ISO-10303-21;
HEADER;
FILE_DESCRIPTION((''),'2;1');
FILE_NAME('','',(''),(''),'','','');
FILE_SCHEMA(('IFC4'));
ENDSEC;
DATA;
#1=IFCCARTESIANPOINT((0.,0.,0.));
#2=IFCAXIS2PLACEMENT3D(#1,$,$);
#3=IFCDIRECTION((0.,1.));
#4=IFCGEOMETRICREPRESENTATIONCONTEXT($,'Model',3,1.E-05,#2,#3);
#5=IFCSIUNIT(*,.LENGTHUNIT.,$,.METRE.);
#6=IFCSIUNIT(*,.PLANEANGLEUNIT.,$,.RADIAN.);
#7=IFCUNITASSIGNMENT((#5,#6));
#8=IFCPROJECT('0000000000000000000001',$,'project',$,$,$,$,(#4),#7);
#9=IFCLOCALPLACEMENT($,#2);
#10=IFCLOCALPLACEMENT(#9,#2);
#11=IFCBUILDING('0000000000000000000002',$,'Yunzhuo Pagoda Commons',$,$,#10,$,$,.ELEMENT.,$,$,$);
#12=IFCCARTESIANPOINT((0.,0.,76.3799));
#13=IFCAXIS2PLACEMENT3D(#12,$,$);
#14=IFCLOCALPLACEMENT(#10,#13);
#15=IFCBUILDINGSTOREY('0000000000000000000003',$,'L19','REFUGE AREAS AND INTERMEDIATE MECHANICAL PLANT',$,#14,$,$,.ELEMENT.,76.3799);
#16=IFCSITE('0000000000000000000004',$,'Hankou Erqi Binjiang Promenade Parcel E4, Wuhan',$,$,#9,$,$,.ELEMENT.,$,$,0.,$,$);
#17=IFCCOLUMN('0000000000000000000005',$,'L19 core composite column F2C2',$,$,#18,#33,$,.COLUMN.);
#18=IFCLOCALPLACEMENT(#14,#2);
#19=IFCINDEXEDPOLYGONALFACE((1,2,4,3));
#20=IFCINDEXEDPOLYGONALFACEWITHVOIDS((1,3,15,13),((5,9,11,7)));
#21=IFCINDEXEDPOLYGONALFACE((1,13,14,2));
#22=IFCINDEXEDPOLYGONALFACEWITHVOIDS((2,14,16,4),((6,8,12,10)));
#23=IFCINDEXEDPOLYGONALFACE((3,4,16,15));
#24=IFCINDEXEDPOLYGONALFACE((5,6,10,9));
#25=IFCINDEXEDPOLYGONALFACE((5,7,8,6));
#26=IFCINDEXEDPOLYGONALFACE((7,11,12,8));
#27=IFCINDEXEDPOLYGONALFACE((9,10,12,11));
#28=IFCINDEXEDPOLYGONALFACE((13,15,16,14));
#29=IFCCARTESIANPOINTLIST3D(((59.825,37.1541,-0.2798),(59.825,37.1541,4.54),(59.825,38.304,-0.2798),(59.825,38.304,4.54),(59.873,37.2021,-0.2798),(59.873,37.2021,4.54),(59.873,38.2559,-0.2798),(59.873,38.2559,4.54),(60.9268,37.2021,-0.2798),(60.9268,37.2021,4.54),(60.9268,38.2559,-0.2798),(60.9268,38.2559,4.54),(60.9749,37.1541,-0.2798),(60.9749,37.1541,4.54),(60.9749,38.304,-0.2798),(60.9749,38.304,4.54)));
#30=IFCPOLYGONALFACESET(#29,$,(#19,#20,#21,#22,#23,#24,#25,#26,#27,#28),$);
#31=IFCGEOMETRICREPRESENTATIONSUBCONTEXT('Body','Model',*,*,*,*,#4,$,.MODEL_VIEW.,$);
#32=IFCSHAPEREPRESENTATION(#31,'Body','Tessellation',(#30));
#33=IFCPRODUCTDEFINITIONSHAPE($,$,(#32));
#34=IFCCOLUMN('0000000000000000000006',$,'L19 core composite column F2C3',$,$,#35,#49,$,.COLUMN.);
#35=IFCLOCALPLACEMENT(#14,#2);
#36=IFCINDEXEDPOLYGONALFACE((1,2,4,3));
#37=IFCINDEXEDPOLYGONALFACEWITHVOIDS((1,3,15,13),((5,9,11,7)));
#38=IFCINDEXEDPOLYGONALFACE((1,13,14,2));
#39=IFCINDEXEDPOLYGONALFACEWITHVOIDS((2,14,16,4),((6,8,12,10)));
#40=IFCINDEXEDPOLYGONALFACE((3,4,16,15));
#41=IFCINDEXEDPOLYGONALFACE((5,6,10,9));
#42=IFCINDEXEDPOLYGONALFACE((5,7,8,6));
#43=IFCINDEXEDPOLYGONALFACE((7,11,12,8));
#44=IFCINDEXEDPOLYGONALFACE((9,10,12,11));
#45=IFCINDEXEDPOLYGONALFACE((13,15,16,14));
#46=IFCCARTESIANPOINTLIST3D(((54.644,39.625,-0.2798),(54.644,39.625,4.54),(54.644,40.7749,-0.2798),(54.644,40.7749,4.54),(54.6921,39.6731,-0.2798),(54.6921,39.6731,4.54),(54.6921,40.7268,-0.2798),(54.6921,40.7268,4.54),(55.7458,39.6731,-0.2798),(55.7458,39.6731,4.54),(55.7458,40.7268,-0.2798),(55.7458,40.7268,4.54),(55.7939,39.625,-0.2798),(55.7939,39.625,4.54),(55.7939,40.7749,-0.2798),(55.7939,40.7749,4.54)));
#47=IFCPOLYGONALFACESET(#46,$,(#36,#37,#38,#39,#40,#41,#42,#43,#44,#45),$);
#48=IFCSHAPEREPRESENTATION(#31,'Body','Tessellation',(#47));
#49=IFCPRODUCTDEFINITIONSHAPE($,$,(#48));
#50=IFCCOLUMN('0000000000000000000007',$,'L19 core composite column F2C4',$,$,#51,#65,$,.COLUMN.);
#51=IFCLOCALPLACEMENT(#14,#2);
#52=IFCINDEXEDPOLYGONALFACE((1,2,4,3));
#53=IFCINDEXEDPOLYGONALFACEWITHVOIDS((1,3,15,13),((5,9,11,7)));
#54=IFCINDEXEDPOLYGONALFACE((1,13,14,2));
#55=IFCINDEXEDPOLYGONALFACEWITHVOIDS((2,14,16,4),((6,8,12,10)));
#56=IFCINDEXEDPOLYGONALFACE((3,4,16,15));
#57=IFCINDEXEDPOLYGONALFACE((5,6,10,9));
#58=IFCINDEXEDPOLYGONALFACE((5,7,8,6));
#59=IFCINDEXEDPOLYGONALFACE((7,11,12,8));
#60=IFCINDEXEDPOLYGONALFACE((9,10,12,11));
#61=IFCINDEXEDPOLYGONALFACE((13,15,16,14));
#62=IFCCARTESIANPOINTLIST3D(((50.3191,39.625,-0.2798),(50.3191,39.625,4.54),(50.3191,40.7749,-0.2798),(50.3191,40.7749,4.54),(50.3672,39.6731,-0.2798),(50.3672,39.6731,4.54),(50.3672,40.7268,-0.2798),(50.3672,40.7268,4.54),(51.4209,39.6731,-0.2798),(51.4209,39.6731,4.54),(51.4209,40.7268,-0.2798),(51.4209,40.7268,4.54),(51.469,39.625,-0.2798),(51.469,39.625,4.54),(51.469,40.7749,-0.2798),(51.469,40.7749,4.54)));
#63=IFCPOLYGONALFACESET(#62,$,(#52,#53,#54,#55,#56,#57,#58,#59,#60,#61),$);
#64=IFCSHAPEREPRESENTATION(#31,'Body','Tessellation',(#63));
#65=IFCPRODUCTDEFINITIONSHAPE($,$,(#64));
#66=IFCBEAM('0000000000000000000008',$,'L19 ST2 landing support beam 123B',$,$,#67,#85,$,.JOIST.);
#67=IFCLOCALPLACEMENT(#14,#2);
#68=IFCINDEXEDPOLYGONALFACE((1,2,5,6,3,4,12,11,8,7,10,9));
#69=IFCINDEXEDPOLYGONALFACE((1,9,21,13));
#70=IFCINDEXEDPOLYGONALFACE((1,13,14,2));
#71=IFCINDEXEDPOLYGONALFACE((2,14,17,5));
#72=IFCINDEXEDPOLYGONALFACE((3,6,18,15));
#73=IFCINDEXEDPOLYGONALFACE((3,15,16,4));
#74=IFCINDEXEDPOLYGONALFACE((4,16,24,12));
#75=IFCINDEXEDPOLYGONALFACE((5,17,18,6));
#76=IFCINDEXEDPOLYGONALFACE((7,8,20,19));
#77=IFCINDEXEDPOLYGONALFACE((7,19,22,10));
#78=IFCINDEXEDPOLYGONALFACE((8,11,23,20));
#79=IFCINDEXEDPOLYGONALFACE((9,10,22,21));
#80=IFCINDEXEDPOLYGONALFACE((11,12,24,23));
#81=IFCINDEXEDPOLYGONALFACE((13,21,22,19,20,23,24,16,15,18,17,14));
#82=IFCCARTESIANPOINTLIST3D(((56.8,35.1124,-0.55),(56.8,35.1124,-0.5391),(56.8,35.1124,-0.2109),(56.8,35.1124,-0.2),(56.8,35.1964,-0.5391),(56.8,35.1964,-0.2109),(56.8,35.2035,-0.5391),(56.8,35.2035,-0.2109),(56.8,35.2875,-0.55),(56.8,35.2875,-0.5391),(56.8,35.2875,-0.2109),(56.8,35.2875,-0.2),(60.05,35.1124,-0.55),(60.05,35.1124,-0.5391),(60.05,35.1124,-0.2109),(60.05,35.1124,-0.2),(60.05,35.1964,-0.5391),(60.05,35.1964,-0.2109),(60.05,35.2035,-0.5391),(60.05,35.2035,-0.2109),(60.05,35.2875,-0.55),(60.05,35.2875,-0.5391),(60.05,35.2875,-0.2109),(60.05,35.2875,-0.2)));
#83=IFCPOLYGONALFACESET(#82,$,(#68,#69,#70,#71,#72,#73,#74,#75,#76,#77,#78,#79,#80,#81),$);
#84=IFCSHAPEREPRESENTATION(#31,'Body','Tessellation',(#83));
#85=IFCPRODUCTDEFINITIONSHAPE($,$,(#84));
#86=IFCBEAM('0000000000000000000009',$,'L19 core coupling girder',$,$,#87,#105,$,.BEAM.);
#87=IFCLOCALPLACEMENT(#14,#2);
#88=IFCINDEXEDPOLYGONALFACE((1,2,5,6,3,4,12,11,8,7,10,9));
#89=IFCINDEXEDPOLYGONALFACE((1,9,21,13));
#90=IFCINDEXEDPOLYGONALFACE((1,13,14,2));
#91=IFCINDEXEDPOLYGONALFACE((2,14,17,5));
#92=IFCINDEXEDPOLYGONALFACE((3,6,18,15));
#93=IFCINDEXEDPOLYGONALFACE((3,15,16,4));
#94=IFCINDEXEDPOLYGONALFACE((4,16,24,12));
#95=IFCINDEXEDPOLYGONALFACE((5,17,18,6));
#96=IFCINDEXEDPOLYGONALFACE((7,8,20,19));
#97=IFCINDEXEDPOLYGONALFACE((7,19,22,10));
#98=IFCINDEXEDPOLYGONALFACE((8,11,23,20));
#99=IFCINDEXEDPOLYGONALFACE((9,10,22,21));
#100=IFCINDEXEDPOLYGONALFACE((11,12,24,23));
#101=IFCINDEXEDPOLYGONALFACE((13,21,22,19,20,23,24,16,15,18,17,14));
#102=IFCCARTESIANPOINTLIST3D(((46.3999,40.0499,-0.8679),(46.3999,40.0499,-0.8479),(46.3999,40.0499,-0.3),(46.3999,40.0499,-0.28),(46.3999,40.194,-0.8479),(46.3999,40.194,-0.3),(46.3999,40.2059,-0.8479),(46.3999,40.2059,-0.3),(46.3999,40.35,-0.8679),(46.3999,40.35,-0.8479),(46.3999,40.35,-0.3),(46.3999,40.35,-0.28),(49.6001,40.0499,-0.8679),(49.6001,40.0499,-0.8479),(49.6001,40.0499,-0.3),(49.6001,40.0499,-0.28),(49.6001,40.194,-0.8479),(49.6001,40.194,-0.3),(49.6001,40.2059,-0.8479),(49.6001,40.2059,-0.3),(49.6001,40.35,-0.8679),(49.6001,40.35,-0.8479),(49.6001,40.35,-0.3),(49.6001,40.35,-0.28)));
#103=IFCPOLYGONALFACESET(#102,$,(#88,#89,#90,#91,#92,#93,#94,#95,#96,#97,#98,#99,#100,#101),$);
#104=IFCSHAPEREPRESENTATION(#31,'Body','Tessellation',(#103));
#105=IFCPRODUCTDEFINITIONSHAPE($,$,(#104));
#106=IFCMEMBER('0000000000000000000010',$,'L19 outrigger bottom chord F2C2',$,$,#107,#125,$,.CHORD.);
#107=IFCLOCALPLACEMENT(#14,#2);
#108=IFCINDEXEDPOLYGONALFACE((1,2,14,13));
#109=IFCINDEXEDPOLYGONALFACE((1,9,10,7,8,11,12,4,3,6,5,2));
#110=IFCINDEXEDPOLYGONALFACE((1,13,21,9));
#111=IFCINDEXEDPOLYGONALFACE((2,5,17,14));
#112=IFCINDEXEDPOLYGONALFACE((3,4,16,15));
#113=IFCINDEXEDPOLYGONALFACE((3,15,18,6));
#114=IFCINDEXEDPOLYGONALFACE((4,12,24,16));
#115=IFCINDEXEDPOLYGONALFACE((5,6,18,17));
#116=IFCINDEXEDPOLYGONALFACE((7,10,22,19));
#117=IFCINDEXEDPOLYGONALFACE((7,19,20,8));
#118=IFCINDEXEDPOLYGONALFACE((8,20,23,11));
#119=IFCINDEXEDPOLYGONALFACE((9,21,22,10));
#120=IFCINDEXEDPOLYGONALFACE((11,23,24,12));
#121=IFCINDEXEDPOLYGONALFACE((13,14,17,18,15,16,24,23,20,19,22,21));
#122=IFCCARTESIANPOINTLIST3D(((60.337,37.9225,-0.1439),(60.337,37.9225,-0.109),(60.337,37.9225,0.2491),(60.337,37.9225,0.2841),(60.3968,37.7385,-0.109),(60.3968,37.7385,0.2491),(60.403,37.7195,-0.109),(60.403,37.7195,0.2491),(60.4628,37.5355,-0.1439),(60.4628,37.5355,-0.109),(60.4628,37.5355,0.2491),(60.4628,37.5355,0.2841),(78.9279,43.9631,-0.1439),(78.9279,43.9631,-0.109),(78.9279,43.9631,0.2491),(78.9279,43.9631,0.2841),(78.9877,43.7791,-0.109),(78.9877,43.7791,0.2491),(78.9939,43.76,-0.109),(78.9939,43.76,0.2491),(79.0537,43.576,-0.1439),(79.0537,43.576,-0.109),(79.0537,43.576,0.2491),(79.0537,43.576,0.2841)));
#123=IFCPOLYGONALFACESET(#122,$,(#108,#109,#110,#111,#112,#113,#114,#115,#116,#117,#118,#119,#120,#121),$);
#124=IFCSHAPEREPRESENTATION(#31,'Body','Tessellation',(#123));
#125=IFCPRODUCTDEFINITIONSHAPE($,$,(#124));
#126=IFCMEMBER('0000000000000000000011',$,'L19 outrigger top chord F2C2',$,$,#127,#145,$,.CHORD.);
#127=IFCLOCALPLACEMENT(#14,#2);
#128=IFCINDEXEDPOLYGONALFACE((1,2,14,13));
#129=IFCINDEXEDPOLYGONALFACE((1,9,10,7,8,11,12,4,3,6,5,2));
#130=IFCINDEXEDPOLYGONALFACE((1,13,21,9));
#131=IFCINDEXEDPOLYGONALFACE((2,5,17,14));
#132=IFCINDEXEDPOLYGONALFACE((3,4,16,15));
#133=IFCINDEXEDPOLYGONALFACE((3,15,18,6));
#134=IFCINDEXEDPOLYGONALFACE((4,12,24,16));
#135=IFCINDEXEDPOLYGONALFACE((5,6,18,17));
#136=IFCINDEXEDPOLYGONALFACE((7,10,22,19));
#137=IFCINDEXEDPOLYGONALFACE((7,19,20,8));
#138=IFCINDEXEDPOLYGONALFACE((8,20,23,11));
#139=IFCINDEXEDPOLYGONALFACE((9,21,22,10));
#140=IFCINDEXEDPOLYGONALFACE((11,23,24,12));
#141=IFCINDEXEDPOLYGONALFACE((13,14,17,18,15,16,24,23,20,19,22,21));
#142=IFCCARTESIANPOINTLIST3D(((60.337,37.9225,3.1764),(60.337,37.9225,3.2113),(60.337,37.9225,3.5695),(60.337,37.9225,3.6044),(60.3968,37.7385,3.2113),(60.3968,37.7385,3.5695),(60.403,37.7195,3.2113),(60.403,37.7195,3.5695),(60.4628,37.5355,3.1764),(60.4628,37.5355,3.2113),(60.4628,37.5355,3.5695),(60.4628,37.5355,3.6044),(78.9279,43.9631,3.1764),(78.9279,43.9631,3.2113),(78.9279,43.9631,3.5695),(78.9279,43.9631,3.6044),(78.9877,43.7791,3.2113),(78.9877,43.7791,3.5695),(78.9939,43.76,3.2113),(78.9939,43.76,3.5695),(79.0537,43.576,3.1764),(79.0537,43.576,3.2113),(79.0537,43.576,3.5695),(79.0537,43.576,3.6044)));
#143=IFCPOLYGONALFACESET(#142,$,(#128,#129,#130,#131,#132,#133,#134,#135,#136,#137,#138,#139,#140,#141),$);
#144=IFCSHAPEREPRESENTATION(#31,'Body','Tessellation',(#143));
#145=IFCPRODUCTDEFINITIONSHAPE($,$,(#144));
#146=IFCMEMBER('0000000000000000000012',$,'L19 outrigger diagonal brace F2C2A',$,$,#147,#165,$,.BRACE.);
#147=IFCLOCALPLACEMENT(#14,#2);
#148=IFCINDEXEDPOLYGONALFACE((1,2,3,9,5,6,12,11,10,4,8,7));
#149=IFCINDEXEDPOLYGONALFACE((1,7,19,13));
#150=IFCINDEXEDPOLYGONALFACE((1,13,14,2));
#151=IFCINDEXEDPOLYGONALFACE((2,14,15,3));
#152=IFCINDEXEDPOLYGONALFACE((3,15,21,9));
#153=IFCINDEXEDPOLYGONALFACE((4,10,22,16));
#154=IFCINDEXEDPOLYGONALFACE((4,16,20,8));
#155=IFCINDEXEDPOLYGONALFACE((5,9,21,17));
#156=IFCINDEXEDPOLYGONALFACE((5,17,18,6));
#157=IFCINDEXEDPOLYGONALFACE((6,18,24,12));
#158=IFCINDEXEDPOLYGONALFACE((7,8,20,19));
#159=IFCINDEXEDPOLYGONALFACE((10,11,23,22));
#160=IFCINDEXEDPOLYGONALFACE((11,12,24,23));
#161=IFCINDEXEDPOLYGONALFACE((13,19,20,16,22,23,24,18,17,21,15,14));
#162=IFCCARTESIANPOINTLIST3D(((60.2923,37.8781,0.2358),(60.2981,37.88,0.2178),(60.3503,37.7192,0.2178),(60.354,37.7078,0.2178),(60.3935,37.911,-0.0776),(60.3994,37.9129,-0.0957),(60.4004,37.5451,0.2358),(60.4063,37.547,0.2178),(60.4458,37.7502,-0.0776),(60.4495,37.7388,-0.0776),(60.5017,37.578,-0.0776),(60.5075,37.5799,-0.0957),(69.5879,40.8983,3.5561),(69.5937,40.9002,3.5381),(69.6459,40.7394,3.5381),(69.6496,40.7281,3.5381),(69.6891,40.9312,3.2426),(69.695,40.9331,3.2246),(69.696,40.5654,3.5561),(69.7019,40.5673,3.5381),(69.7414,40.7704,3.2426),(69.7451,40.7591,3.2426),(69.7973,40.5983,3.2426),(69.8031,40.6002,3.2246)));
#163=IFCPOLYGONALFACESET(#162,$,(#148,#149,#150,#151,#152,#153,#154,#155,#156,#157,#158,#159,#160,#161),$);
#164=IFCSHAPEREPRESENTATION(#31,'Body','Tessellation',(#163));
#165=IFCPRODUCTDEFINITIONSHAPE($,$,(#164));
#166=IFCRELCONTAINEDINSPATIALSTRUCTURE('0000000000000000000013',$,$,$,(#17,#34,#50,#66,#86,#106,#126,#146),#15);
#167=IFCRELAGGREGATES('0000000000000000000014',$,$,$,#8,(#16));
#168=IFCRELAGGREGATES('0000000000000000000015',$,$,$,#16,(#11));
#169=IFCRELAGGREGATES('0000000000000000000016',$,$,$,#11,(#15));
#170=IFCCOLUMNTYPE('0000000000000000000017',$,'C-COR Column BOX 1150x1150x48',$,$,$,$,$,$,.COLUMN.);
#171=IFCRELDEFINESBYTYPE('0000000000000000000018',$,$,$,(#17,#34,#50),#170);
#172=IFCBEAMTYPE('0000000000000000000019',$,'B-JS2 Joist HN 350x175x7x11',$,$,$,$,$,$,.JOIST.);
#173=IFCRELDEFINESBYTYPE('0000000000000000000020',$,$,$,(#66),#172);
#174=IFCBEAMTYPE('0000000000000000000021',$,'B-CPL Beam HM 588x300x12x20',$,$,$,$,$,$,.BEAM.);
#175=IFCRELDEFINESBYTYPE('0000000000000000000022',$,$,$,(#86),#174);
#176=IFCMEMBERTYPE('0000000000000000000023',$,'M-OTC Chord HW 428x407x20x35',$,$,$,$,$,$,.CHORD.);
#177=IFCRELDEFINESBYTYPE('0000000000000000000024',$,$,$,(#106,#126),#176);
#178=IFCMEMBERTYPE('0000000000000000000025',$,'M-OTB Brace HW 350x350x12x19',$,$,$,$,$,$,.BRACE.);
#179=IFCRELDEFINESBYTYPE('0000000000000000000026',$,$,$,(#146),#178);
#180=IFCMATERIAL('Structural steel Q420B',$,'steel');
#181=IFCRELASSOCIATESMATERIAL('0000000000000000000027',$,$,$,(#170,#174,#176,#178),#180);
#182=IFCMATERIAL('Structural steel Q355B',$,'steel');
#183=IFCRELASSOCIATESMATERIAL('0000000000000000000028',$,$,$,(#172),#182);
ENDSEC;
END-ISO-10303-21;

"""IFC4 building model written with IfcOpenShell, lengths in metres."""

from ifc_helpers import new_model, si_unit, direction, frame, origin, origin_2d, place, context, subcontext, project, spatial, hollow_rectangle, i_section, extrude, source, transform, mapped, material, material_profile, profile_set, type_object, element, save


model = new_model("IFC4")

# Units and contexts
model_context = context("Model", 3, precision=1e-05, world=origin(), true_north=direction((0.0, 1.0)))
body_context = subcontext(model_context, "Body", "Model", "MODEL_VIEW")
ifc_project = project(units=[si_unit("LENGTHUNIT", "METRE"), si_unit("PLANEANGLEUNIT", "RADIAN")], contexts=[model_context])

# Site, building, storey
site_placement = place(None, origin())
site = spatial("IfcSite", under=ifc_project, at=site_placement, Name="Hankou Erqi Binjiang Promenade Parcel E4, Wuhan", CompositionType="ELEMENT", RefElevation=0.0)
building_placement = place(site_placement, origin())
building = spatial("IfcBuilding", under=site, at=building_placement, Name="Yunzhuo Pagoda Commons", CompositionType="ELEMENT")
storey_placement = place(building_placement, frame((0.0, 0.0, 76.3799)))
storey = spatial("IfcBuildingStorey", under=building, at=storey_placement, Name="L19", Description="REFUGE AREAS AND INTERMEDIATE MECHANICAL PLANT", CompositionType="ELEMENT", Elevation=76.3799)

# Columns
ifc_material_1 = material(Name="Structural steel Q420B", Category="steel")
ifc_material_profile_1 = material_profile(ifc_material_1, hollow_rectangle(XDim=1.1499, YDim=1.1499, WallThickness=0.0481, at=origin_2d()), Name="Structural steel Q420B")
ifc_profile_set_1 = profile_set([ifc_material_profile_1], Name="Structural steel Q420B")
column_type = type_object("IfcColumnType", Name="C-COR Column BOX 1150x1150x48", PredefinedType="COLUMN", material=ifc_profile_set_1)
shared_shape_1 = source(origin(), body_context, "Body", "SweptSolid", [
    extrude(hollow_rectangle(XDim=1.1499, YDim=1.1499, WallThickness=0.0481, at=origin_2d()), origin(), (0.0, 0.0, 1.0), 4.8198),
])
for number, where, z_axis, x_axis, name in (
    (1, (60.3999, 37.729, -0.2798), (0.0, 0.0, 1.0), (1.0, 0.0, 0.0), "L19 core composite column F2C2"),
    (2, (55.219, 40.2, -0.2798), (0.0, 0.0, 1.0), (1.0, 0.0, 0.0), "L19 core composite column F2C3"),
    (3, (50.894, 40.2, -0.2798), (0.0, 0.0, 1.0), (1.0, 0.0, 0.0), "L19 core composite column F2C4"),
):
    element("IfcColumn", number, at=place(storey_placement, frame(where, z_axis=z_axis, x_axis=x_axis)), inside=storey, type_object=column_type, Name=name, PredefinedType="COLUMN", context=body_context, shape_type="MappedRepresentation", body=[
        mapped(shared_shape_1, transform((0.0, 0.0, 0.0), scale=1.0)),
    ])

# Beams
ifc_material_2 = material(Name="Structural steel Q355B", Category="steel")
ifc_material_profile_2 = material_profile(ifc_material_2, i_section(OverallWidth=0.175, OverallDepth=0.3501, WebThickness=0.0071, FlangeThickness=0.011, at=origin_2d()), Name="Structural steel Q355B")
ifc_profile_set_2 = profile_set([ifc_material_profile_2], Name="Structural steel Q355B")
beam_type_1 = type_object("IfcBeamType", Name="B-JS2 Joist HN 350x175x7x11", PredefinedType="JOIST", material=ifc_profile_set_2)
shared_shape_2 = source(origin(), body_context, "Body", "SweptSolid", [
    extrude(i_section(OverallWidth=0.175, OverallDepth=0.3501, WebThickness=0.0071, FlangeThickness=0.011, at=origin_2d()), origin(), (0.0, 0.0, 1.0), 3.25),
])
beam_1_placement = place(storey_placement, frame((56.8, 35.2, -0.375), z_axis=(1.0, 0.0, 0.0), x_axis=(0.0, 1.0, 0.0)))
element("IfcBeam", 4, at=beam_1_placement, inside=storey, type_object=beam_type_1, Name="L19 ST2 landing support beam 123B", PredefinedType="JOIST", context=body_context, shape_type="MappedRepresentation", body=[
    mapped(shared_shape_2, transform((0.0, 0.0, 0.0), scale=1.0)),
])
ifc_material_profile_3 = material_profile(ifc_material_1, i_section(OverallWidth=0.3, OverallDepth=0.5879, WebThickness=0.012, FlangeThickness=0.02, at=origin_2d()), Name="Structural steel Q420B")
ifc_profile_set_3 = profile_set([ifc_material_profile_3], Name="Structural steel Q420B")
beam_type_2 = type_object("IfcBeamType", Name="B-CPL Beam HM 588x300x12x20", PredefinedType="BEAM", material=ifc_profile_set_3)
shared_shape_3 = source(origin(), body_context, "Body", "SweptSolid", [
    extrude(i_section(OverallWidth=0.3, OverallDepth=0.5879, WebThickness=0.012, FlangeThickness=0.02, at=origin_2d()), origin(), (0.0, 0.0, 1.0), 3.2002),
])
beam_2_placement = place(storey_placement, frame((46.3999, 40.2, -0.574), z_axis=(1.0, 0.0, 0.0), x_axis=(0.0, 1.0, 0.0)))
element("IfcBeam", 5, at=beam_2_placement, inside=storey, type_object=beam_type_2, Name="L19 core coupling girder", PredefinedType="BEAM", context=body_context, shape_type="MappedRepresentation", body=[
    mapped(shared_shape_3, transform((0.0, 0.0, 0.0), scale=1.0)),
])

# Members
ifc_material_profile_4 = material_profile(ifc_material_1, i_section(OverallWidth=0.407, OverallDepth=0.428, WebThickness=0.02, FlangeThickness=0.0349, at=origin_2d()), Name="Structural steel Q420B")
ifc_profile_set_4 = profile_set([ifc_material_profile_4], Name="Structural steel Q420B")
member_type_1 = type_object("IfcMemberType", Name="M-OTC Chord HW 428x407x20x35", PredefinedType="CHORD", material=ifc_profile_set_4)
shared_shape_4 = source(origin(), body_context, "Body", "SweptSolid", [
    extrude(i_section(OverallWidth=0.407, OverallDepth=0.428, WebThickness=0.02, FlangeThickness=0.0349, at=origin_2d()), origin(), (0.0, 0.0, 1.0), 19.5476),
])
for number, where, z_axis, x_axis, name in (
    (6, (60.3999, 37.729, 0.0701), (0.951056, 0.309017, 0.0), (-0.309017, 0.951056, 0.0), "L19 outrigger bottom chord F2C2"),
    (7, (60.3999, 37.729, 3.3904), (0.951056, 0.309017, 0.0), (-0.309017, 0.951056, 0.0), "L19 outrigger top chord F2C2"),
):
    element("IfcMember", number, at=place(storey_placement, frame(where, z_axis=z_axis, x_axis=x_axis)), inside=storey, type_object=member_type_1, Name=name, PredefinedType="CHORD", context=body_context, shape_type="MappedRepresentation", body=[
        mapped(shared_shape_4, transform((0.0, 0.0, 0.0), scale=1.0)),
    ])
ifc_material_profile_5 = material_profile(ifc_material_1, i_section(OverallWidth=0.3501, OverallDepth=0.3501, WebThickness=0.012, FlangeThickness=0.019, at=origin_2d()), Name="Structural steel Q420B")
ifc_profile_set_5 = profile_set([ifc_material_profile_5], Name="Structural steel Q420B")
member_type_2 = type_object("IfcMemberType", Name="M-OTB Brace HW 350x350x12x19", PredefinedType="BRACE", material=ifc_profile_set_5)
shared_shape_5 = source(origin(), body_context, "Body", "SweptSolid", [
    extrude(i_section(OverallWidth=0.3501, OverallDepth=0.3501, WebThickness=0.012, FlangeThickness=0.019, at=origin_2d()), origin(), (0.0, 0.0, 1.0), 10.3225),
])
member_placement = place(storey_placement, frame((60.3999, 37.729, 0.0701), z_axis=(0.900517, 0.292588, 0.321655), x_axis=(-0.30901, 0.951059, 0.0)))
element("IfcMember", 8, at=member_placement, inside=storey, type_object=member_type_2, Name="L19 outrigger diagonal brace F2C2A", PredefinedType="BRACE", context=body_context, shape_type="MappedRepresentation", body=[
    mapped(shared_shape_5, transform((0.0, 0.0, 0.0), scale=1.0)),
])

save(model, "model.ifc")
